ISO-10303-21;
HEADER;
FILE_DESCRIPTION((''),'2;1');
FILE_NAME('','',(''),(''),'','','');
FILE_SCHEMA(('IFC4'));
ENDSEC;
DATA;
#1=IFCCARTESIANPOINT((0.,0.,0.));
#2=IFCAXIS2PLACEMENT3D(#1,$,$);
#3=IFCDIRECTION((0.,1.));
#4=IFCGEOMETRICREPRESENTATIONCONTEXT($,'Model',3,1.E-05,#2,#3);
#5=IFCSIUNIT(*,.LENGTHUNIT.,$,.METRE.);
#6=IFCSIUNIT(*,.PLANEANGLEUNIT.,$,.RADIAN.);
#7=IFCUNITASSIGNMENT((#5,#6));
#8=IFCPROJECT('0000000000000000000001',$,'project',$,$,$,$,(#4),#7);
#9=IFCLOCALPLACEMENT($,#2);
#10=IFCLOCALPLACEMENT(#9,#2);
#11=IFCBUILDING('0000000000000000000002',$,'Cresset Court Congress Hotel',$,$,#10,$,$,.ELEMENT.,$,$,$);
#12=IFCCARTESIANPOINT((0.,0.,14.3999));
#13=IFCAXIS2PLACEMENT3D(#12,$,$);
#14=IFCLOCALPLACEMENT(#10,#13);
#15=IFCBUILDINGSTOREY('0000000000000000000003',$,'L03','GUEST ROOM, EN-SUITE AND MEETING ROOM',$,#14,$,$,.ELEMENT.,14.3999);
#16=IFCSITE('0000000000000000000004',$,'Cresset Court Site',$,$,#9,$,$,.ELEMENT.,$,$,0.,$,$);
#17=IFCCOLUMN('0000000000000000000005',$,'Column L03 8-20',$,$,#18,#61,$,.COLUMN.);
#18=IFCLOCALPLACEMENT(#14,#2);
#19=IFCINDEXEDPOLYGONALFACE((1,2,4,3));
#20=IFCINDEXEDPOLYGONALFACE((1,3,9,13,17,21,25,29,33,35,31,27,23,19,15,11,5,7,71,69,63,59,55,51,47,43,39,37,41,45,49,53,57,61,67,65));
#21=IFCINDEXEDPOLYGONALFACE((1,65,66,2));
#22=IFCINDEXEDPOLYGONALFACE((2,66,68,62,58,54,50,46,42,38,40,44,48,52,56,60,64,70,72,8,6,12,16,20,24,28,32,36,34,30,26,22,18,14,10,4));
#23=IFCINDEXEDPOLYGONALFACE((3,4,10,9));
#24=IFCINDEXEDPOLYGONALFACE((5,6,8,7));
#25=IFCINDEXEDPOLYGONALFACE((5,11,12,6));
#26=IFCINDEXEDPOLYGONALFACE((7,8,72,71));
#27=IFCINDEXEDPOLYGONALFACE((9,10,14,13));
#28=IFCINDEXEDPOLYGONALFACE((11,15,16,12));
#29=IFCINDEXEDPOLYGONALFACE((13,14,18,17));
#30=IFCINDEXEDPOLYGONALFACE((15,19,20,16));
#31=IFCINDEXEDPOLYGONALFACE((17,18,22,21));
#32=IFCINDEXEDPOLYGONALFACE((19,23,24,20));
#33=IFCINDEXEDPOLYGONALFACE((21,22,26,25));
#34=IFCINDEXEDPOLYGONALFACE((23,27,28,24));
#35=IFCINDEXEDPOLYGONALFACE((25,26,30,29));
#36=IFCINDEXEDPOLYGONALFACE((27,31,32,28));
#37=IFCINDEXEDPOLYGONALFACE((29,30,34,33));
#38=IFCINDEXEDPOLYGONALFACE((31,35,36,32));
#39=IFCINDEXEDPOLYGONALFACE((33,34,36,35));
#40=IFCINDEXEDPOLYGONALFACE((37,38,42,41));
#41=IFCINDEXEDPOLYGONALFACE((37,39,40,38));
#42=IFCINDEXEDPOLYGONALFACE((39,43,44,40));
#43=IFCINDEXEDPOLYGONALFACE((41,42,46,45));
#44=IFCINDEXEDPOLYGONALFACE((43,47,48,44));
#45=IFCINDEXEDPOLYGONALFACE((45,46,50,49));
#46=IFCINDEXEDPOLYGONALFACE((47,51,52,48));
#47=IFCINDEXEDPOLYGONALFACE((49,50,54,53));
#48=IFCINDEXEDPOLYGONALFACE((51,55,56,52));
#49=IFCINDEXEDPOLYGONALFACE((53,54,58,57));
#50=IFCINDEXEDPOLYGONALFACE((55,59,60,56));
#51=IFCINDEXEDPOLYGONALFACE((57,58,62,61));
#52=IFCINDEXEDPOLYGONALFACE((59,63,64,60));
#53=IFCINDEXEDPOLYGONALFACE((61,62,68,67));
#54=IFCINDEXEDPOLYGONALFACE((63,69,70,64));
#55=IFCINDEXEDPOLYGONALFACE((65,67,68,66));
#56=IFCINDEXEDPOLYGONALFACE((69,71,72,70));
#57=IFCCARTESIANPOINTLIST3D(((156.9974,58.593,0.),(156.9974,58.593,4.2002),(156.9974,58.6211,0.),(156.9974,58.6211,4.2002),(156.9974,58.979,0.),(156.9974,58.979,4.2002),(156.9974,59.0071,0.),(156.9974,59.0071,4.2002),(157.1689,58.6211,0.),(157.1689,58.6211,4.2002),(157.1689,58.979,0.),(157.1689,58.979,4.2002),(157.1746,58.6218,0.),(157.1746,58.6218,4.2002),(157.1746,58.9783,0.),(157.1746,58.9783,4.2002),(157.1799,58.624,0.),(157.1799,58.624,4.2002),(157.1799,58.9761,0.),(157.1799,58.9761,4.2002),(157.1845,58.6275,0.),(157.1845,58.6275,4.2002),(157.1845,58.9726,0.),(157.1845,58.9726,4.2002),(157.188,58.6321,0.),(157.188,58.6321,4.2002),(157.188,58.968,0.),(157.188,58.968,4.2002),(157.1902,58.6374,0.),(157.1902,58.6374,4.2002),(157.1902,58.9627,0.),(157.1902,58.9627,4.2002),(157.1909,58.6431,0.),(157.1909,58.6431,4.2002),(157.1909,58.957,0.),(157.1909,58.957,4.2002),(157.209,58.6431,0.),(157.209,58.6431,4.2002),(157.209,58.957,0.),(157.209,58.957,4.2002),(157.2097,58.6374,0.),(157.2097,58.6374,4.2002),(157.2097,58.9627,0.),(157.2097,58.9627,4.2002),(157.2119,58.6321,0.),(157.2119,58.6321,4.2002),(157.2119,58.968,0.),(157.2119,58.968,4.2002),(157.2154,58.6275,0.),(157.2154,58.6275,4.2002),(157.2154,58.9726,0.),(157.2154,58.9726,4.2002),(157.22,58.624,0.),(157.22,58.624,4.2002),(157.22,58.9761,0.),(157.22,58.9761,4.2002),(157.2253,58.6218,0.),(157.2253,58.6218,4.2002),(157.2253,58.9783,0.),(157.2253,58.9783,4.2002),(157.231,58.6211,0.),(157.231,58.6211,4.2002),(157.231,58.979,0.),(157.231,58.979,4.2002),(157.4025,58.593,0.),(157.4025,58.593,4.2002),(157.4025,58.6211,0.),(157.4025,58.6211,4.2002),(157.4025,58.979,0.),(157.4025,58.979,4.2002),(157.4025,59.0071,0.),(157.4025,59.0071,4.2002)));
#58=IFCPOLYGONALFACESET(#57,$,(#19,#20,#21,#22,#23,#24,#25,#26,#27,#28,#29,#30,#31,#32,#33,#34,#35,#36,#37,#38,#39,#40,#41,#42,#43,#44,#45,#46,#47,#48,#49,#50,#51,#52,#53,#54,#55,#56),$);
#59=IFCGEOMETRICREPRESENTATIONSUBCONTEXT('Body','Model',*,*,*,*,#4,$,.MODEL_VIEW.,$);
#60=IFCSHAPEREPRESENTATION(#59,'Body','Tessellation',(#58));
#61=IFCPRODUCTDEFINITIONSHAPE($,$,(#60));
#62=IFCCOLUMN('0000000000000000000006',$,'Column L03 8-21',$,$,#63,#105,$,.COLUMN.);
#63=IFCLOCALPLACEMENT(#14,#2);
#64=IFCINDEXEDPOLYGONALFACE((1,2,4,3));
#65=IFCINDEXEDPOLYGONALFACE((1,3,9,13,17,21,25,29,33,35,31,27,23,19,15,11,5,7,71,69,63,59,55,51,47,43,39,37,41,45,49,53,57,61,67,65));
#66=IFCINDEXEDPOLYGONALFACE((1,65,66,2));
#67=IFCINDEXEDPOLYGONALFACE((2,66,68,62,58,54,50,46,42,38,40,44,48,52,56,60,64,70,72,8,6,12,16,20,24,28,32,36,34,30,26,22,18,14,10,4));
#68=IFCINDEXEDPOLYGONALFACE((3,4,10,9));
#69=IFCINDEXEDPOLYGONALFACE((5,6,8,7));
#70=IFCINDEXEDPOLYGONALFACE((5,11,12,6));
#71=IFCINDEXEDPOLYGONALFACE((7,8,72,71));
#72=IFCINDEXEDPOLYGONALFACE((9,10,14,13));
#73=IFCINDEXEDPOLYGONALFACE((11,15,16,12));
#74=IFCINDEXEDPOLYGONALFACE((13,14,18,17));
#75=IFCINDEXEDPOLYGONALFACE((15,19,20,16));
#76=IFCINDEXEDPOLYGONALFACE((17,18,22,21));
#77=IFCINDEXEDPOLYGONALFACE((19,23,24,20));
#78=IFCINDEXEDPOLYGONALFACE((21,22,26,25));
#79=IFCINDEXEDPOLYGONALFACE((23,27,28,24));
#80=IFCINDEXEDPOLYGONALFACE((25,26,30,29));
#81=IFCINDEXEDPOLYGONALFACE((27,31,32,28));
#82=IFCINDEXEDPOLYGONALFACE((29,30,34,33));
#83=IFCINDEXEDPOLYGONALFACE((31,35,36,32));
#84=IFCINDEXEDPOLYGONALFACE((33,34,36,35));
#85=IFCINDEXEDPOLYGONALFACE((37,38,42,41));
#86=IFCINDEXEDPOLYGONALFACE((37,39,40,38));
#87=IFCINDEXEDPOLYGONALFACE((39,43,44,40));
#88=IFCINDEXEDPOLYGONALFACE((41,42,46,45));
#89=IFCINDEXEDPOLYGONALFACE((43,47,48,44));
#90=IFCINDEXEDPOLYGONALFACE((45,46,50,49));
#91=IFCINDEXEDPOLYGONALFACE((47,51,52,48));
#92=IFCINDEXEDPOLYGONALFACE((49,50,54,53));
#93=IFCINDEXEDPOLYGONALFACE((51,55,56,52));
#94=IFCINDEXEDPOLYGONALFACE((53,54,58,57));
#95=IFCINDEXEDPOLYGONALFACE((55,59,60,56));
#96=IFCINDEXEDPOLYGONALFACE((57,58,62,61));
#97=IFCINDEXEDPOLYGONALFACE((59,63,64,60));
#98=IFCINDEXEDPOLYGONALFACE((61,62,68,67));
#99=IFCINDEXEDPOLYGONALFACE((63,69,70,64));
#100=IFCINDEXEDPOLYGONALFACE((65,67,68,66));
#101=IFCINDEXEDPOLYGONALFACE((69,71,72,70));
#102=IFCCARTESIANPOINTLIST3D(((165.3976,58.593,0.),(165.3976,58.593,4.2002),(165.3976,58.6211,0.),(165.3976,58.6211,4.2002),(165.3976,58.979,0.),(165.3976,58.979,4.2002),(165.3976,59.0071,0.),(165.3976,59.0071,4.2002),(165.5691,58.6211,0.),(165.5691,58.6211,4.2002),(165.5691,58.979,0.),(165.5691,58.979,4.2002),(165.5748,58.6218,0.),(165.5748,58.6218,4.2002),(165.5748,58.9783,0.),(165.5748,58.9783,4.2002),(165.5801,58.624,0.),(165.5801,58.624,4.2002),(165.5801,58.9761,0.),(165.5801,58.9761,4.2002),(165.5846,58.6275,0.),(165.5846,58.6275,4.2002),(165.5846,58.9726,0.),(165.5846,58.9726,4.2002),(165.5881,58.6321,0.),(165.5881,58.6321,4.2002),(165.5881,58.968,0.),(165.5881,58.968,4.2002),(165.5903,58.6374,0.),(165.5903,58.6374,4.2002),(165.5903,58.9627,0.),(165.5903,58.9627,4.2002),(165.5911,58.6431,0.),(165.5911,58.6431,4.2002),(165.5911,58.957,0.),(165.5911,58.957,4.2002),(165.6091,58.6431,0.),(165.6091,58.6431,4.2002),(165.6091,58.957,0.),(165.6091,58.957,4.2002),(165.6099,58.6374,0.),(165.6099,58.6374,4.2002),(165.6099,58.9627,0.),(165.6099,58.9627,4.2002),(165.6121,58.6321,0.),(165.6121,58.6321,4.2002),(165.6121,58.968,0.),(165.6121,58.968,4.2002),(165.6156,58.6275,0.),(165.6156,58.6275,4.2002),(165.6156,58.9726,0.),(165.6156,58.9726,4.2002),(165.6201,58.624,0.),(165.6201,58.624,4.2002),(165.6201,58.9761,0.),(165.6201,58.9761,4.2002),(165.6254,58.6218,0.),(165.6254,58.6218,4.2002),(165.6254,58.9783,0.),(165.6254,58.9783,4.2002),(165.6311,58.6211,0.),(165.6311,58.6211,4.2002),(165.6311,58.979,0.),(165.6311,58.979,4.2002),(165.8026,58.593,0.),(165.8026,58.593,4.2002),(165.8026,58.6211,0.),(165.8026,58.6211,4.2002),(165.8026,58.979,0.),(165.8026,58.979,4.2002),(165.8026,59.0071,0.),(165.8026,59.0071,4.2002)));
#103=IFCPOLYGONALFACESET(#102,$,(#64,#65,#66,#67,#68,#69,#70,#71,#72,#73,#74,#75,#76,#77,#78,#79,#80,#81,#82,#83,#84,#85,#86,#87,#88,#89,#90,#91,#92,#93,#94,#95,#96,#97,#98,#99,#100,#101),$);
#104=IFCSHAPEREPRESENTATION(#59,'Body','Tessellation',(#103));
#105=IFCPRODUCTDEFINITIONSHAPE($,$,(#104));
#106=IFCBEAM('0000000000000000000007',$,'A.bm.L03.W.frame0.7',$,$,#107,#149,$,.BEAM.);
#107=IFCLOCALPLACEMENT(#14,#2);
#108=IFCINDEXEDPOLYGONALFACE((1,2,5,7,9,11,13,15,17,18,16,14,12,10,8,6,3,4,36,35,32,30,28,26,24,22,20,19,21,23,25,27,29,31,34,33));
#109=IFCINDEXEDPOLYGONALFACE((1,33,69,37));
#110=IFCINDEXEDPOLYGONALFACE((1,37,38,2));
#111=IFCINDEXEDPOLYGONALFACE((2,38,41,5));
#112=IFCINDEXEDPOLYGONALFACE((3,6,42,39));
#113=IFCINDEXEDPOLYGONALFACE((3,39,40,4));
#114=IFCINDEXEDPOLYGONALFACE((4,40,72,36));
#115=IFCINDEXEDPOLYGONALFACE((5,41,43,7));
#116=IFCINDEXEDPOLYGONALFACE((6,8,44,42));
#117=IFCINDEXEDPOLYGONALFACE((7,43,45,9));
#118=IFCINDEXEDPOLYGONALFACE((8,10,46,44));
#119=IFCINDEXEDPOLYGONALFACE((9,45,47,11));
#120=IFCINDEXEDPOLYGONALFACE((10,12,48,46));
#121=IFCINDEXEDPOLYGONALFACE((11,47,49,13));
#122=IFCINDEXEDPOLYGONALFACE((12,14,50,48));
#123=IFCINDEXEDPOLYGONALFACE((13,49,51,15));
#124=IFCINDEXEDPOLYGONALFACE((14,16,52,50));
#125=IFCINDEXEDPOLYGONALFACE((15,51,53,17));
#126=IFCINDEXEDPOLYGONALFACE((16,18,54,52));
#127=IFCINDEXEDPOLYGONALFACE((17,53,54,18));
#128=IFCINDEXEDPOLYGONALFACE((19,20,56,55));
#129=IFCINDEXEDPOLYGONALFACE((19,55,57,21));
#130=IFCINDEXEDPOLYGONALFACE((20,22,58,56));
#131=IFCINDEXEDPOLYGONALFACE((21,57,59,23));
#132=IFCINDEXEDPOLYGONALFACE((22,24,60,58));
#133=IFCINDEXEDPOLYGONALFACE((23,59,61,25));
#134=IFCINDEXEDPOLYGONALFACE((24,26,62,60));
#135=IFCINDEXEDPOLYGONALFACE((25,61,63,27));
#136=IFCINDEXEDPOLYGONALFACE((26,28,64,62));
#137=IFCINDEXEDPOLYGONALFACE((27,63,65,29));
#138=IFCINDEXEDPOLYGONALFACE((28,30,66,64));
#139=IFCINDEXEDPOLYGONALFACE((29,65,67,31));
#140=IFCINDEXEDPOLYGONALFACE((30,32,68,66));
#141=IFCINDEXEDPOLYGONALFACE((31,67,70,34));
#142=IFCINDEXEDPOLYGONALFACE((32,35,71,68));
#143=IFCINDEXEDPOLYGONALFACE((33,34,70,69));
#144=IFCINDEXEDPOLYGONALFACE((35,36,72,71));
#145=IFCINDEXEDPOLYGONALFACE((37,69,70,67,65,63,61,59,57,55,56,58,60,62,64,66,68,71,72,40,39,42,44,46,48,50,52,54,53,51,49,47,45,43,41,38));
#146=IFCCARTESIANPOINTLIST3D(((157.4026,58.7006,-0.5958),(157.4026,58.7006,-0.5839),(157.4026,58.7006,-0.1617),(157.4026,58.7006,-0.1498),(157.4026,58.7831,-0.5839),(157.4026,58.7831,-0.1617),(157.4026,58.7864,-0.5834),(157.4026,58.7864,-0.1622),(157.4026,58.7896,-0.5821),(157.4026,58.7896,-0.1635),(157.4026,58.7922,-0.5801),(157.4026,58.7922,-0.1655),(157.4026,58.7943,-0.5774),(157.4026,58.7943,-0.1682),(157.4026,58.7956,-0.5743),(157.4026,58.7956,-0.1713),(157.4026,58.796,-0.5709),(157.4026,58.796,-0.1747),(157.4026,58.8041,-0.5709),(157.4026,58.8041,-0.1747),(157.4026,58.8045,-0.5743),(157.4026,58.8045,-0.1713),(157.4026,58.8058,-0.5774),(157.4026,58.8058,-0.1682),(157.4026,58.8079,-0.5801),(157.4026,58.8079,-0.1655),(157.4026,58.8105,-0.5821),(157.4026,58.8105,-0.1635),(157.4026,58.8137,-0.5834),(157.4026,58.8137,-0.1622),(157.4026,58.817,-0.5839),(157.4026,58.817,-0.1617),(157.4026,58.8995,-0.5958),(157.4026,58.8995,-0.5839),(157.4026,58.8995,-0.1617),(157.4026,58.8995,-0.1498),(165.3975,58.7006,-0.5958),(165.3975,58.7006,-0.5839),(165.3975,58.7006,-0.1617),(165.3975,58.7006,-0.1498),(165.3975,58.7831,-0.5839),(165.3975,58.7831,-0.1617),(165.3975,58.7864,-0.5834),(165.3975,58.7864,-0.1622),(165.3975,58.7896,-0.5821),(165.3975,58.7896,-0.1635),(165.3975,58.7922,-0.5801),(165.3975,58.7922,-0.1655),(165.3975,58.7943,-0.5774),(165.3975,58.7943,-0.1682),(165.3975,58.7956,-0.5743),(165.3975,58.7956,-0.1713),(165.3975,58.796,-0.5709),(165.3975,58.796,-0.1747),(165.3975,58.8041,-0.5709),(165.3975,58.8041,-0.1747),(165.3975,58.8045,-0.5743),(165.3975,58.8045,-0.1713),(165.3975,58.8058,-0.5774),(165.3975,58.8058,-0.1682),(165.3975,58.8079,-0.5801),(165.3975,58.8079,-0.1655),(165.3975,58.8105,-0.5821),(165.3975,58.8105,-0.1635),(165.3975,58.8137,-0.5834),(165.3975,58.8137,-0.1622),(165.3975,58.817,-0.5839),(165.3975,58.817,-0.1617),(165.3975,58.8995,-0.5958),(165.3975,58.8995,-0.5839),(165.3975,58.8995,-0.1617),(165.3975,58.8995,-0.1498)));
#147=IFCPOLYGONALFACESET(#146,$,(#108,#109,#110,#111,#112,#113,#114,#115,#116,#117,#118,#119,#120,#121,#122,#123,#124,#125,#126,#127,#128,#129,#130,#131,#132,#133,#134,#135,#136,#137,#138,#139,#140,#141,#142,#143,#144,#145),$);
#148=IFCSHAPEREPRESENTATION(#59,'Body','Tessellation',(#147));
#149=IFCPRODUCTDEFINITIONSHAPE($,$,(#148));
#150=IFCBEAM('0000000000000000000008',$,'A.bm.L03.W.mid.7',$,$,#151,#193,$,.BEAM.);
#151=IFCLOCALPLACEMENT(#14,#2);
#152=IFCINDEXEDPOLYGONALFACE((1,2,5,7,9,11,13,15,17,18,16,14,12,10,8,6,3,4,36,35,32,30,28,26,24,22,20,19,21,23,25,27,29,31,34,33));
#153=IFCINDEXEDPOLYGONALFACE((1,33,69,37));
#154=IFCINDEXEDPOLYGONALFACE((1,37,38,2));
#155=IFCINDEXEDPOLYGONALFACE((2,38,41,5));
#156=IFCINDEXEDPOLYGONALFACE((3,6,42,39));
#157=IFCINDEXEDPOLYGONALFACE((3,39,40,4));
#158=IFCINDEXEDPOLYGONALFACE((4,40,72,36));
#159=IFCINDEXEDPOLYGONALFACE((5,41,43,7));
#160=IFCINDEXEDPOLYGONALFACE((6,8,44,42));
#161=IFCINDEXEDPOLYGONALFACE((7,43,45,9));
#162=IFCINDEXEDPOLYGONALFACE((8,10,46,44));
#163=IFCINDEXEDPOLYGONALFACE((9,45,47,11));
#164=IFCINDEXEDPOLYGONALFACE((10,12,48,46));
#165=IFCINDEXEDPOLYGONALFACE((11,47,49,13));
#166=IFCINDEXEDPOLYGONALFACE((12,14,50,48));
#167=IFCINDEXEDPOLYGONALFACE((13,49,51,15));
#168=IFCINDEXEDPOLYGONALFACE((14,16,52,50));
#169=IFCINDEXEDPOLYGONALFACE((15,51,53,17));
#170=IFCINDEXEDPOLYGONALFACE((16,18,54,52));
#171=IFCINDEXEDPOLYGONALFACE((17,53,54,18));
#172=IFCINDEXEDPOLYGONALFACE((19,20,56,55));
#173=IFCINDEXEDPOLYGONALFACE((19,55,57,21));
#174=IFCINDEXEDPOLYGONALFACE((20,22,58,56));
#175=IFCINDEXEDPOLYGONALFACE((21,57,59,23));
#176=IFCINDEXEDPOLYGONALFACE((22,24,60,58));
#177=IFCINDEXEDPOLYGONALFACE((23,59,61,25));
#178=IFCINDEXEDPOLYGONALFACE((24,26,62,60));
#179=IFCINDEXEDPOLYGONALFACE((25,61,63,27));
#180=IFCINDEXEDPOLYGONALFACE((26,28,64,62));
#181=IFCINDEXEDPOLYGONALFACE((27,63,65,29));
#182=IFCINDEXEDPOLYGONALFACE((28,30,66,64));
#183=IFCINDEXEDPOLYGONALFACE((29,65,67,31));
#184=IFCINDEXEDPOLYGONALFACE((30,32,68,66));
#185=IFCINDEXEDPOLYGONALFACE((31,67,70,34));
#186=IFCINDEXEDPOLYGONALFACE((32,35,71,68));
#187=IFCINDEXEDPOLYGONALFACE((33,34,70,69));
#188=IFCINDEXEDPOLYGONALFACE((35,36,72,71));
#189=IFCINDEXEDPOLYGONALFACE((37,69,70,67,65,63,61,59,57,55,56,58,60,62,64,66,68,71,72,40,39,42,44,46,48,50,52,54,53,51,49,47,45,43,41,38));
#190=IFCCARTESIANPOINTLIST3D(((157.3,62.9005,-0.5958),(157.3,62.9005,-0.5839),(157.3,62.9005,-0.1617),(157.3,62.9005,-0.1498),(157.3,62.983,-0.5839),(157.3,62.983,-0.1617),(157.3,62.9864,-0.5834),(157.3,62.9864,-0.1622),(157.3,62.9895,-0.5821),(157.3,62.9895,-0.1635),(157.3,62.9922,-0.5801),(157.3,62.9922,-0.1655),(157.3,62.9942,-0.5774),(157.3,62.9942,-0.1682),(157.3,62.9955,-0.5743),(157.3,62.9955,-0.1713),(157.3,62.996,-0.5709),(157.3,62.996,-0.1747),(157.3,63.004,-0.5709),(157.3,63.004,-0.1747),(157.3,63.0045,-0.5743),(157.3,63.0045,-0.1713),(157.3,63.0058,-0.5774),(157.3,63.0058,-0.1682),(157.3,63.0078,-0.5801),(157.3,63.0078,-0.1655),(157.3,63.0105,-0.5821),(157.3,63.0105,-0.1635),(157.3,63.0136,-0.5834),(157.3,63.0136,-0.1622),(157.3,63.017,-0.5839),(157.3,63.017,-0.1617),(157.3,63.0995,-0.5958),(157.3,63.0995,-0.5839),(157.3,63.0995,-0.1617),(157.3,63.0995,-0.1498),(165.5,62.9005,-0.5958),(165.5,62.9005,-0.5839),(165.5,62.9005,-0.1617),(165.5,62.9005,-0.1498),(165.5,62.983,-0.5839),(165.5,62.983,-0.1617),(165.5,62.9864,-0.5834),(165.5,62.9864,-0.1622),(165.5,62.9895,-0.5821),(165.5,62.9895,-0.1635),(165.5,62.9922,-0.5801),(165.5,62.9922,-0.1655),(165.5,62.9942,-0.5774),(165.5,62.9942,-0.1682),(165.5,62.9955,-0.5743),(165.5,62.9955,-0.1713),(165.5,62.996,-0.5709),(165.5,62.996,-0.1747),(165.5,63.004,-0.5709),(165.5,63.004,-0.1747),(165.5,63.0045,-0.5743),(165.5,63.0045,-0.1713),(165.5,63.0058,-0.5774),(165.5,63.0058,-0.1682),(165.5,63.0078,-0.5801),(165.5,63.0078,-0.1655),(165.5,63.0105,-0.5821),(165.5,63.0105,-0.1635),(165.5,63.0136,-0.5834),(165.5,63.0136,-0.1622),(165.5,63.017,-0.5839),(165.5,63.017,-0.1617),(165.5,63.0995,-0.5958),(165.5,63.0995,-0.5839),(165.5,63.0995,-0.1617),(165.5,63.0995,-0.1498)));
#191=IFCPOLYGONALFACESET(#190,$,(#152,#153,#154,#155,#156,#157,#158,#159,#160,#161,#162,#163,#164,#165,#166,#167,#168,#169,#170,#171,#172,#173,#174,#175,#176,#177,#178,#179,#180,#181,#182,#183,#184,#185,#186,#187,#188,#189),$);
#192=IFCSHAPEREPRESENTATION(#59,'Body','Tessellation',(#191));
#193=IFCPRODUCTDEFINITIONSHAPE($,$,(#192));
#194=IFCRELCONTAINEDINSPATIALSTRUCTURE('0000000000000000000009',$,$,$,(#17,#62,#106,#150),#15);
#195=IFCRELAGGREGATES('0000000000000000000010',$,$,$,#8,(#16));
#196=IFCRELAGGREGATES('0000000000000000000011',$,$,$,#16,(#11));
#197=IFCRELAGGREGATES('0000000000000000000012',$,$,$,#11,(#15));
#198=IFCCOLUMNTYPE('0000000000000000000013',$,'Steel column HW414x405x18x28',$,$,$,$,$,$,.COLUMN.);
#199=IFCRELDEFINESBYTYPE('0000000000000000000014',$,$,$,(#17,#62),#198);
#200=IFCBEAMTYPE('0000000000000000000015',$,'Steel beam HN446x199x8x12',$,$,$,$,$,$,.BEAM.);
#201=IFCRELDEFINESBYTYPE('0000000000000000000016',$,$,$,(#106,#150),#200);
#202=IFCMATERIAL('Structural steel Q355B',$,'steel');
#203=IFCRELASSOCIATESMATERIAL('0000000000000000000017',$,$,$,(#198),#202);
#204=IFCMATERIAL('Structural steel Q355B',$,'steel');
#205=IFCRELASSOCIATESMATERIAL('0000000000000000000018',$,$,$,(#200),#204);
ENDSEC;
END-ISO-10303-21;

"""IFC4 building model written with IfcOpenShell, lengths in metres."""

from ifc_helpers import new_model, si_unit, direction, frame, origin, origin_2d, place, context, subcontext, project, spatial, i_section, extrude, material, material_profile, profile_set, type_object, element, save


model = new_model("IFC4")

# Units and contexts
model_context = context("Model", 3, precision=1e-05, world=origin(), true_north=direction((0.0, 1.0)))
body_context = subcontext(model_context, "Body", "Model", "MODEL_VIEW")
ifc_project = project(units=[si_unit("LENGTHUNIT", "METRE"), si_unit("PLANEANGLEUNIT", "RADIAN")], contexts=[model_context])

# Site, building, storey
site_placement = place(None, origin())
site = spatial("IfcSite", under=ifc_project, at=site_placement, Name="Cresset Court Site", CompositionType="ELEMENT", RefElevation=0.0)
building_placement = place(site_placement, origin())
building = spatial("IfcBuilding", under=site, at=building_placement, Name="Cresset Court Congress Hotel", CompositionType="ELEMENT")
storey_placement = place(building_placement, frame((0.0, 0.0, 14.3999)))
storey = spatial("IfcBuildingStorey", under=building, at=storey_placement, Name="L03", Description="GUEST ROOM, EN-SUITE AND MEETING ROOM", CompositionType="ELEMENT", Elevation=14.3999)

# Columns
ifc_material_1 = material(Name="Structural steel Q355B", Category="steel")
ifc_material_profile_1 = material_profile(ifc_material_1, i_section(OverallWidth=0.405, OverallDepth=0.4141, WebThickness=0.0181, FlangeThickness=0.0281, FilletRadius=0.022, at=origin_2d()), Name="HW414x405x18x28")
ifc_profile_set_1 = profile_set([ifc_material_profile_1], Name="Structural steel Q355B")
column_type = type_object("IfcColumnType", Name="Steel column HW414x405x18x28", PredefinedType="COLUMN", material=ifc_profile_set_1)
for number, where, z_axis, x_axis, name in (
    (1, (157.2, 58.8, 0.0), (0.0, 0.0, 1.0), (1.0, 0.0, 0.0), "Column L03 8-20"),
    (2, (165.6001, 58.8, 0.0), (0.0, 0.0, 1.0), (1.0, 0.0, 0.0), "Column L03 8-21"),
):
    element("IfcColumn", number, at=place(storey_placement, frame(where, z_axis=z_axis, x_axis=x_axis)), inside=storey, type_object=column_type, Name=name, PredefinedType="COLUMN", context=body_context, shape_type="SweptSolid", body=[
        extrude(i_section(OverallWidth=0.405, OverallDepth=0.4141, WebThickness=0.0181, FlangeThickness=0.0281, FilletRadius=0.022, at=origin_2d()), origin(), (0.0, 0.0, 1.0), 4.2002),
    ])

# Beams
ifc_material_2 = material(Name="Structural steel Q355B", Category="steel")
ifc_material_profile_2 = material_profile(ifc_material_2, i_section(OverallWidth=0.199, OverallDepth=0.446, WebThickness=0.0081, FlangeThickness=0.012, FilletRadius=0.0129, at=origin_2d()), Name="HN446x199x8x12")
ifc_profile_set_2 = profile_set([ifc_material_profile_2], Name="Structural steel Q355B")
beam_type_1 = type_object("IfcBeamType", Name="Steel beam HN446x199x8x12", PredefinedType="BEAM", material=ifc_profile_set_2)
beam_1_placement = place(storey_placement, frame((157.4026, 58.8, -0.3728), z_axis=(1.0, 0.0, 0.0), x_axis=(0.0, 1.0, 0.0)))
element("IfcBeam", 3, at=beam_1_placement, inside=storey, type_object=beam_type_1, Name="A.bm.L03.W.frame0.7", PredefinedType="BEAM", context=body_context, shape_type="SweptSolid", body=[
    extrude(i_section(OverallWidth=0.199, OverallDepth=0.446, WebThickness=0.0081, FlangeThickness=0.012, FilletRadius=0.0129, at=origin_2d()), origin(), (0.0, 0.0, 1.0), 7.9949),
])
beam_2_placement = place(storey_placement, frame((157.3, 63.0, -0.3728), z_axis=(1.0, 0.0, 0.0), x_axis=(0.0, 1.0, 0.0)))
element("IfcBeam", 4, at=beam_2_placement, inside=storey, type_object=beam_type_1, Name="A.bm.L03.W.mid.7", PredefinedType="BEAM", context=body_context, shape_type="SweptSolid", body=[
    extrude(i_section(OverallWidth=0.199, OverallDepth=0.446, WebThickness=0.0081, FlangeThickness=0.012, FilletRadius=0.0129, at=origin_2d()), origin(), (0.0, 0.0, 1.0), 8.2),
])

save(model, "model.ifc")
